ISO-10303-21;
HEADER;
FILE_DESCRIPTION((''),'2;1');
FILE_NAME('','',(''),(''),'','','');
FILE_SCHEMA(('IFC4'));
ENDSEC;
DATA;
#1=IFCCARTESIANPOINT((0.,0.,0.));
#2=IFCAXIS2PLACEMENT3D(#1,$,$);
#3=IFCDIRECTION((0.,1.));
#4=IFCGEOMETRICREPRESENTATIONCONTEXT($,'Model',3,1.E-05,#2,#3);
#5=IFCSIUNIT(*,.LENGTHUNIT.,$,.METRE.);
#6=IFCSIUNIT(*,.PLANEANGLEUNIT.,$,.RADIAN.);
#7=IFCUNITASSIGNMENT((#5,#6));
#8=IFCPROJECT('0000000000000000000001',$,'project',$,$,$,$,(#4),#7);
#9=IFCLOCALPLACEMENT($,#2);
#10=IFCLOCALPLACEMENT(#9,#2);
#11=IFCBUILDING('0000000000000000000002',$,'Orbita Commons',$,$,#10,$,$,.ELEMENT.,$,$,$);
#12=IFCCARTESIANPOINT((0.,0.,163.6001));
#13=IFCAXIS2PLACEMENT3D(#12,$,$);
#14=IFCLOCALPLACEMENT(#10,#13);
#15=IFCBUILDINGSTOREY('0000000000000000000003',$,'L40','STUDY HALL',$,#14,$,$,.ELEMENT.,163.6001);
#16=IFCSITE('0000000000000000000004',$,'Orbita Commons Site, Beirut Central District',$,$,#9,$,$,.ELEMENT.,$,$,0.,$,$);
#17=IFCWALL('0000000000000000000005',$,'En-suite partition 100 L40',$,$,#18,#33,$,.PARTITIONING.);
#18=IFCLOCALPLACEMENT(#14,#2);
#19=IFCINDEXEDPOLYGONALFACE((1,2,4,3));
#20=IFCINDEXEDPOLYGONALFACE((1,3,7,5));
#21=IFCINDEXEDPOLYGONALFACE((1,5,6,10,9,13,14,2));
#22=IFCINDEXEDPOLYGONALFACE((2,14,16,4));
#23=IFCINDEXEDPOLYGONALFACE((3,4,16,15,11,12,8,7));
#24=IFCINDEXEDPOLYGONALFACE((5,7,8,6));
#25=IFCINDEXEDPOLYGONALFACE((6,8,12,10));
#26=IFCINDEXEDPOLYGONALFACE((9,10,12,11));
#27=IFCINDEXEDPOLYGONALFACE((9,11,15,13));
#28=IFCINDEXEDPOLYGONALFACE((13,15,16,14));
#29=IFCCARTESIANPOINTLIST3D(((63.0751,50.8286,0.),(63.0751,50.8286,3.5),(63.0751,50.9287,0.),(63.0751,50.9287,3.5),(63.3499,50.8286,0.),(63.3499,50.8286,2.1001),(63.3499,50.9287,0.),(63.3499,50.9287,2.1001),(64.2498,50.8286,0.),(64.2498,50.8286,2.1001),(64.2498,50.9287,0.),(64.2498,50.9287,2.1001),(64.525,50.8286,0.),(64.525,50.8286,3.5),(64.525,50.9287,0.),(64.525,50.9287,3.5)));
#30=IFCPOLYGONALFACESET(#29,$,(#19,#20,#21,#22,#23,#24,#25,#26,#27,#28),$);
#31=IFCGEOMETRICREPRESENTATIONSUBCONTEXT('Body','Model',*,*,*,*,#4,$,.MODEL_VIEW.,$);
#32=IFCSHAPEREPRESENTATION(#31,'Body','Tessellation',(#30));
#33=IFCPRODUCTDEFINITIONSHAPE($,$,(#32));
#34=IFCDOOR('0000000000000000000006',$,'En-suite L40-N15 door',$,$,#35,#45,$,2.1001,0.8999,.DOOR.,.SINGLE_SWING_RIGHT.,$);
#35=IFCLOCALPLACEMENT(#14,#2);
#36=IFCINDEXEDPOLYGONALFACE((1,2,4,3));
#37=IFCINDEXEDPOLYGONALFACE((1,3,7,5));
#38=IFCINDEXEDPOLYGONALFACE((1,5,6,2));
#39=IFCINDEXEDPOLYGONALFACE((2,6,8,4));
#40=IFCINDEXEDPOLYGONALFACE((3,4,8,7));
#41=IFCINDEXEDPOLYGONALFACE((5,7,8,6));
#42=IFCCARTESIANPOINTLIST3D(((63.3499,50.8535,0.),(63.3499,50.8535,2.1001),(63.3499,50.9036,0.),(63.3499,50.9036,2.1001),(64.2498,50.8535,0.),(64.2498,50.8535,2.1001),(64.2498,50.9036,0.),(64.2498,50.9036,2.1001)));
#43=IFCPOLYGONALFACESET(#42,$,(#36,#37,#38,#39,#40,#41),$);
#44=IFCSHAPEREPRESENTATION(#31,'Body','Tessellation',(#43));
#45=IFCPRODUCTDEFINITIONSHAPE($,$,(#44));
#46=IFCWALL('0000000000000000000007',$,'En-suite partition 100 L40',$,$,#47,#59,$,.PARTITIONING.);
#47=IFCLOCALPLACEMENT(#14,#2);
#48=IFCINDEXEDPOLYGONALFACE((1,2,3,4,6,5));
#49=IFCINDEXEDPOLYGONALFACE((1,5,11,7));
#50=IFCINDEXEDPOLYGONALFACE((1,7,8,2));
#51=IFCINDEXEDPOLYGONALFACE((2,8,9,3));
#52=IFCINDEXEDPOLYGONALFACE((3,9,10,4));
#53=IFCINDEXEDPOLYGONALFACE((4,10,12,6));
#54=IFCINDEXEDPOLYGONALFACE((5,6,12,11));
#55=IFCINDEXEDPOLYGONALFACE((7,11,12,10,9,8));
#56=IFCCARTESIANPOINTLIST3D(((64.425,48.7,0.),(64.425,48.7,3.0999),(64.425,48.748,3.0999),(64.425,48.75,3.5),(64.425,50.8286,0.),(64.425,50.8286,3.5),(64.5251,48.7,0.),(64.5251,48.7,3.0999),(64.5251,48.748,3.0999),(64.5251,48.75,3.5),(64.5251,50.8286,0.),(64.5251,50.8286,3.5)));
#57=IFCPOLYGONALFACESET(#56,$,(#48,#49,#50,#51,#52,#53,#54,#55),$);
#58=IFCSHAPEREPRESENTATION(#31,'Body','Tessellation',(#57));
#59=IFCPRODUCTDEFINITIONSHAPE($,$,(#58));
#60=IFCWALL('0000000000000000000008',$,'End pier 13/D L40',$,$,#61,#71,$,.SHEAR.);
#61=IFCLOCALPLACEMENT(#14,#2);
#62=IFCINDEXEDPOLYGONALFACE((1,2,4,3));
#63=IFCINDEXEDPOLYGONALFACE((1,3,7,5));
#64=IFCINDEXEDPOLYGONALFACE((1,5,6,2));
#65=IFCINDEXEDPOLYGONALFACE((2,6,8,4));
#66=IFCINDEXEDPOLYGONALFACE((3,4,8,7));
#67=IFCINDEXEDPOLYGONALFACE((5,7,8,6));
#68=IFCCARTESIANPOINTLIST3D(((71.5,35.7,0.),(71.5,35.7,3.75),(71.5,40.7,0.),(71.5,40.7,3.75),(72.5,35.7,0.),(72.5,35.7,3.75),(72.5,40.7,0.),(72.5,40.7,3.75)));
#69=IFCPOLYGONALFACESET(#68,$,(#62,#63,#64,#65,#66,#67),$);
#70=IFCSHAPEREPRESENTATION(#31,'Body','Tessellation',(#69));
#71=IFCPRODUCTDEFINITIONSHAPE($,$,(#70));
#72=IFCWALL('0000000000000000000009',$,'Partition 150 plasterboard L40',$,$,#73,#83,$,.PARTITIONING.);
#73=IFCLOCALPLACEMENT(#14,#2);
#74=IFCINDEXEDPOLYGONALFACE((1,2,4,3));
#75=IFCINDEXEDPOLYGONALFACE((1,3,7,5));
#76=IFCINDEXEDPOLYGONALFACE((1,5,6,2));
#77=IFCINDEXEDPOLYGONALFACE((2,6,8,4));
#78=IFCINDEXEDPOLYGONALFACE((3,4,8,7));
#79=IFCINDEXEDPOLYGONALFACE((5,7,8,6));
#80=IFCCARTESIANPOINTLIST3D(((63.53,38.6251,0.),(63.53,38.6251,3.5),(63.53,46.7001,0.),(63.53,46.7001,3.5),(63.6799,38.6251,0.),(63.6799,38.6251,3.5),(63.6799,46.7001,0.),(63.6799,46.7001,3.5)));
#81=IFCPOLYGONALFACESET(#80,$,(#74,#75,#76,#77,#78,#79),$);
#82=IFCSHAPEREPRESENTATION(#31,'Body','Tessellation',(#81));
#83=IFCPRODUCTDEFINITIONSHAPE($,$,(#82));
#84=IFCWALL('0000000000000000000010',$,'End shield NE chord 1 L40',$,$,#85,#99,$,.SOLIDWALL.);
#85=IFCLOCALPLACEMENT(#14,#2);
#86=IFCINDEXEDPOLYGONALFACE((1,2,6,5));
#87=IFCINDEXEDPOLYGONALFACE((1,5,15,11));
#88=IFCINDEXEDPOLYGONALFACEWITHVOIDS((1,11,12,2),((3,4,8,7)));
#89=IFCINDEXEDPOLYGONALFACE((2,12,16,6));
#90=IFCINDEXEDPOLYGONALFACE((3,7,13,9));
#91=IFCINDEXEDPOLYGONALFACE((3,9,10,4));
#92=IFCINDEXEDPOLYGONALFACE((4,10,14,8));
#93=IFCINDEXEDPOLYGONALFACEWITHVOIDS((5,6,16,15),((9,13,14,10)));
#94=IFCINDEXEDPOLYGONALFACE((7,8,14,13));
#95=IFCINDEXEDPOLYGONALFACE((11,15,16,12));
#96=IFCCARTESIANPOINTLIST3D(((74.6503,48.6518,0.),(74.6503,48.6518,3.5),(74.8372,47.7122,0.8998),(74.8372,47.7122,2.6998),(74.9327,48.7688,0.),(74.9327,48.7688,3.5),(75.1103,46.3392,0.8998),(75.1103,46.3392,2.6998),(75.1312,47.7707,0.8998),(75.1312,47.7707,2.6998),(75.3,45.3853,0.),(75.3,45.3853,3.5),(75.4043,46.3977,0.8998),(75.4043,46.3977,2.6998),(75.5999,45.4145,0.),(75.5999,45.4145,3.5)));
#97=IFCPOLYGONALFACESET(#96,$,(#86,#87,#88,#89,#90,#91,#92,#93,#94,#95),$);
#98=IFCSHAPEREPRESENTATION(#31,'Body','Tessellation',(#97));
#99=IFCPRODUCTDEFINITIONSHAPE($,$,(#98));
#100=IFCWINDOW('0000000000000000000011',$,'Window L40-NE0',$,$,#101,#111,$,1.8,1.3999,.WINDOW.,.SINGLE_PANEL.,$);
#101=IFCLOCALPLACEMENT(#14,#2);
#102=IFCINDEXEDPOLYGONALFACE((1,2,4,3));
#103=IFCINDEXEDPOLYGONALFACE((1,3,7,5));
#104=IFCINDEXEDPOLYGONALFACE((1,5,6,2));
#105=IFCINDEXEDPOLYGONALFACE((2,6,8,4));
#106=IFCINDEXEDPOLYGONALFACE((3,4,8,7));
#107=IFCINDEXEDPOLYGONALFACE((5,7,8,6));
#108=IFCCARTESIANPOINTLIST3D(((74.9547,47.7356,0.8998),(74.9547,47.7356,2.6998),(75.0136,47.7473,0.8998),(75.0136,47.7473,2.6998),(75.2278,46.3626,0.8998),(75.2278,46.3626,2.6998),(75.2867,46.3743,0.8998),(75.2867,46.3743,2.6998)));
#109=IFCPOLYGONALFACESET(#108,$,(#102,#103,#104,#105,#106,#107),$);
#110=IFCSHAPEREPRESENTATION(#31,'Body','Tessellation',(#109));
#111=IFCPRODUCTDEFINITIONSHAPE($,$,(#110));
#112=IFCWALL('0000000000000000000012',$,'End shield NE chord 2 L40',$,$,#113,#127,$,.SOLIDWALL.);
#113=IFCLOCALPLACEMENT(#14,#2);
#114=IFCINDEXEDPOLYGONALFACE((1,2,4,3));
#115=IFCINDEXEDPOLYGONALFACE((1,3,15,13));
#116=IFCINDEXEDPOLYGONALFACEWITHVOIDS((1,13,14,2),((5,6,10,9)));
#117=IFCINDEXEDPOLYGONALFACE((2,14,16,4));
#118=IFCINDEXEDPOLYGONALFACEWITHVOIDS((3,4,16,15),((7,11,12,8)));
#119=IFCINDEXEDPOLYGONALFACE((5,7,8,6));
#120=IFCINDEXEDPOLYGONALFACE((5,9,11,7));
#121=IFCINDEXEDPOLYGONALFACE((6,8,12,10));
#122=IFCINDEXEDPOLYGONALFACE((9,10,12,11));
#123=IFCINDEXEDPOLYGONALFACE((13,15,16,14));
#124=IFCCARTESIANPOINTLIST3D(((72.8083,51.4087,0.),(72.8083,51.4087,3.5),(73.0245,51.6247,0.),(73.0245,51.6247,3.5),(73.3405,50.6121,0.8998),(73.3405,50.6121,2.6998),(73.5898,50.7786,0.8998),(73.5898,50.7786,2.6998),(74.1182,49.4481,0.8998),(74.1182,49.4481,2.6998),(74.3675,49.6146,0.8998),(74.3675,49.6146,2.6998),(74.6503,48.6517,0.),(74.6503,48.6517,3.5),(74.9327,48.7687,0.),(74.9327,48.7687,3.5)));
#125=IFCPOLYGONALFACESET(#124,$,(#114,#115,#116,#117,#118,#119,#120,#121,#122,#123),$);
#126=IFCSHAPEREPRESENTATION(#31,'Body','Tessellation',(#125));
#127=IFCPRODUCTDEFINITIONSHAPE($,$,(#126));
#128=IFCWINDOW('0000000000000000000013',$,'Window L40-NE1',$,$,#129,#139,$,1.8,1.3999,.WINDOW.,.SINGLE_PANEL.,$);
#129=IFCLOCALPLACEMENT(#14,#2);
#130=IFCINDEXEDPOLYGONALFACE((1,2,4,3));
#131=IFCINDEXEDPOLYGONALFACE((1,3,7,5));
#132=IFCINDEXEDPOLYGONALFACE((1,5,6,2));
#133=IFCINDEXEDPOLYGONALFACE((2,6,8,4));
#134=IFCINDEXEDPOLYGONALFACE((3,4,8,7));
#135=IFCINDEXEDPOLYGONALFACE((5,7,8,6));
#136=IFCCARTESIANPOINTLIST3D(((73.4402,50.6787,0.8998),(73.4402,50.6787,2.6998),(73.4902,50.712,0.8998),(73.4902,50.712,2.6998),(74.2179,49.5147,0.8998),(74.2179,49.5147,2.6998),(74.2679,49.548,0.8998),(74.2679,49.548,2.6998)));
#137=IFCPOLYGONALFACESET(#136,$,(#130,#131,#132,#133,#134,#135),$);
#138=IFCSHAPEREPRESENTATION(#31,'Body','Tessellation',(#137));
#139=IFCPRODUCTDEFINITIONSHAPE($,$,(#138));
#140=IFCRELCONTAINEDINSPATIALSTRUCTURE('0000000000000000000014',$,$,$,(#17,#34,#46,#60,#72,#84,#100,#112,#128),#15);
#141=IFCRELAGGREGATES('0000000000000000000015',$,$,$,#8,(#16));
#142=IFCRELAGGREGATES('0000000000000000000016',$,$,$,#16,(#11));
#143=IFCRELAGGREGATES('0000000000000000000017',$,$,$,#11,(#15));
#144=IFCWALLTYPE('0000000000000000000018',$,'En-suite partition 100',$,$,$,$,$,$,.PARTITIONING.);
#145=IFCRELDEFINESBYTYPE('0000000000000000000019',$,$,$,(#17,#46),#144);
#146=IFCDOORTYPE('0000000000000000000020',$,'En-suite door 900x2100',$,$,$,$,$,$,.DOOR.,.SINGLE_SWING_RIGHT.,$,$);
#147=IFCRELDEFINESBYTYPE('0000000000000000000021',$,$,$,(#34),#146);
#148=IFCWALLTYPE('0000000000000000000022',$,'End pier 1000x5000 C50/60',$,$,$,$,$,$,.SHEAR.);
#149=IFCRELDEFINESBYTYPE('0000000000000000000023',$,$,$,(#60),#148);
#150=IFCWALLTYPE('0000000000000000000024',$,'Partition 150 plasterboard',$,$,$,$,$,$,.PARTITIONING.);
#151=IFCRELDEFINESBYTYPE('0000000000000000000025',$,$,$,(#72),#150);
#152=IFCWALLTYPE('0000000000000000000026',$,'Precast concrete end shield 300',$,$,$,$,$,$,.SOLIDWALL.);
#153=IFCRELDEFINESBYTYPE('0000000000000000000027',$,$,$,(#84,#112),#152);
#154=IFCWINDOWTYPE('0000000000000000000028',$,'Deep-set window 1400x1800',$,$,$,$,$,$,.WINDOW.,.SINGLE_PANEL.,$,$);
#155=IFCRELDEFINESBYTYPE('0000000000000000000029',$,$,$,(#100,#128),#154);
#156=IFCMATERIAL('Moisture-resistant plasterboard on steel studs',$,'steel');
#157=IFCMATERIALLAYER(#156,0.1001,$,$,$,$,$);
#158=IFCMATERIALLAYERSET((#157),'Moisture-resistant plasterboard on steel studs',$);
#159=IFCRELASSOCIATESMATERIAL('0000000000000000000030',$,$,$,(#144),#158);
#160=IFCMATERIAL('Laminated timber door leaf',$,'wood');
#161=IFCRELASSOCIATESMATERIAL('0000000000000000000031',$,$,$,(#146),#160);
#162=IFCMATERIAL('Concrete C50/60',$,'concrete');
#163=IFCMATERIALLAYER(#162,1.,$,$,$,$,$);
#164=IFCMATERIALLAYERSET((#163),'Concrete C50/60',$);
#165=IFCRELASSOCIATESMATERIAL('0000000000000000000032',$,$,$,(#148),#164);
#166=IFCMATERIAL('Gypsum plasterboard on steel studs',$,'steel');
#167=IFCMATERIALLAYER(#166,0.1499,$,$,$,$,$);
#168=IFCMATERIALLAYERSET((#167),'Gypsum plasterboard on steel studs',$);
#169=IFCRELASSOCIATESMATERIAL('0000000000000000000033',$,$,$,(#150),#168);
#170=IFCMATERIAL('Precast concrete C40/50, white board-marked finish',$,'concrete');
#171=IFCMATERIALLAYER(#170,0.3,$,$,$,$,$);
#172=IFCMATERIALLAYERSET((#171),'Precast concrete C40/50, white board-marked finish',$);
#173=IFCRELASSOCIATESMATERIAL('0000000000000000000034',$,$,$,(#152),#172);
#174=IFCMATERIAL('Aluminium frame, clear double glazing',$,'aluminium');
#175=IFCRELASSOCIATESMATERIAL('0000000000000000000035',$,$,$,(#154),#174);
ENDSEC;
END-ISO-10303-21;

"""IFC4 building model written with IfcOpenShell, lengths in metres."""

from ifc_helpers import new_model, si_unit, direction, frame, frame_2d, origin, place, context, subcontext, project, spatial, polyline, rectangle, outline, extrude, material, layer, layer_set, type_object, element, fill, save


model = new_model("IFC4")

# Units and contexts
model_context = context("Model", 3, precision=1e-05, world=origin(), true_north=direction((0.0, 1.0)))
body_context = subcontext(model_context, "Body", "Model", "MODEL_VIEW")
ifc_project = project(units=[si_unit("LENGTHUNIT", "METRE"), si_unit("PLANEANGLEUNIT", "RADIAN")], contexts=[model_context])

# Site, building, storey
site_placement = place(None, origin())
site = spatial("IfcSite", under=ifc_project, at=site_placement, Name="Orbita Commons Site, Beirut Central District", CompositionType="ELEMENT", RefElevation=0.0)
building_placement = place(site_placement, origin())
building = spatial("IfcBuilding", under=site, at=building_placement, Name="Orbita Commons", CompositionType="ELEMENT")
storey_placement = place(building_placement, frame((0.0, 0.0, 163.6001)))
storey = spatial("IfcBuildingStorey", under=building, at=storey_placement, Name="L40", Description="STUDY HALL", CompositionType="ELEMENT", Elevation=163.6001)

# Wall, opening, door
ifc_material_1 = material(Name="Moisture-resistant plasterboard on steel studs", Category="steel")
ifc_layer_1 = layer(ifc_material_1, 0.1001)
ifc_layer_set_1 = layer_set([ifc_layer_1], Name="Moisture-resistant plasterboard on steel studs")
wall_type_1 = type_object("IfcWallType", Name="En-suite partition 100", PredefinedType="PARTITIONING", material=ifc_layer_set_1)
wall_1_placement = place(storey_placement, frame((63.075, 50.8787, 0.0), z_axis=(0.0, 0.0, 1.0), x_axis=(1.0, 0.0, 0.0)))
wall_1 = element("IfcWall", 1, at=wall_1_placement, inside=storey, type_object=wall_type_1, Name="En-suite partition 100 L40", PredefinedType="PARTITIONING", context=body_context, shape_type="SweptSolid", body=[
    extrude(rectangle(XDim=1.45, YDim=0.1001, at=frame_2d((0.7251, 0.0))), origin(), (0.0, 0.0, 1.0), 3.5),
])
opening_1_placement = place(wall_1_placement, frame((0.2749, 0.0, 0.0)))
opening_1 = element("IfcOpeningElement", 2, at=opening_1_placement, cuts=wall_1, PredefinedType="OPENING", context=body_context, shape_type="SweptSolid", body=[
    extrude(rectangle(XDim=0.8999, YDim=2.1001, at=frame_2d((0.45, 1.05))), frame((0.0, 0.0601, 0.0), z_axis=(0.0, -1.0, 0.0), x_axis=(1.0, 0.0, 0.0)), (0.0, 0.0, 1.0), 0.1201),
])
ifc_material_2 = material(Name="Laminated timber door leaf", Category="wood")
door_type_1 = type_object("IfcDoorType", Name="En-suite door 900x2100", OperationType="SINGLE_SWING_RIGHT", PredefinedType="DOOR", material=ifc_material_2)
door_1_placement = place(opening_1_placement, origin())
door_1 = element("IfcDoor", 3, at=door_1_placement, inside=storey, type_object=door_type_1, Name="En-suite L40-N15 door", OperationType="SINGLE_SWING_RIGHT", OverallHeight=2.1001, OverallWidth=0.8999, PredefinedType="DOOR", context=body_context, shape_type="SweptSolid", body=[
    extrude(rectangle(XDim=0.8999, YDim=2.1001, at=frame_2d((0.45, 1.05))), frame((0.0, 0.0249, 0.0), z_axis=(0.0, -1.0, 0.0), x_axis=(1.0, 0.0, 0.0)), (0.0, 0.0, 1.0), 0.05),
])
fill(opening_1, door_1)

# Walls
wall_2_placement = place(storey_placement, frame((64.4751, 50.8286, 0.0), z_axis=(0.0, 0.0, 1.0), x_axis=(0.0, -1.0, 0.0)))
element("IfcWall", 4, at=wall_2_placement, inside=storey, type_object=wall_type_1, Name="En-suite partition 100 L40", PredefinedType="PARTITIONING", context=body_context, shape_type="SweptSolid", body=[
    extrude(outline(polyline([(0.0, 0.0), (2.1287, 0.0), (2.1287, 3.0999), (2.0806, 3.0999), (2.0786, 3.5), (0.0, 3.5), (0.0, 0.0)])), frame((0.0, 0.05, 0.0), z_axis=(0.0, -1.0, 0.0), x_axis=(1.0, 0.0, 0.0)), (0.0, 0.0, 1.0), 0.1001),
])
ifc_material_3 = material(Name="Concrete C50/60", Category="concrete")
ifc_layer_2 = layer(ifc_material_3, 1.0)
ifc_layer_set_2 = layer_set([ifc_layer_2], Name="Concrete C50/60")
wall_type_2 = type_object("IfcWallType", Name="End pier 1000x5000 C50/60", PredefinedType="SHEAR", material=ifc_layer_set_2)
wall_3_placement = place(storey_placement, frame((72.0, 35.7, 0.0), z_axis=(0.0, 0.0, 1.0), x_axis=(0.0, 1.0, 0.0)))
element("IfcWall", 5, at=wall_3_placement, inside=storey, type_object=wall_type_2, Name="End pier 13/D L40", PredefinedType="SHEAR", context=body_context, shape_type="SweptSolid", body=[
    extrude(rectangle(XDim=5.0, YDim=1.0, at=frame_2d((2.5, 0.0))), origin(), (0.0, 0.0, 1.0), 3.75),
])
ifc_material_4 = material(Name="Gypsum plasterboard on steel studs", Category="steel")
ifc_layer_3 = layer(ifc_material_4, 0.1499)
ifc_layer_set_3 = layer_set([ifc_layer_3], Name="Gypsum plasterboard on steel studs")
wall_type_3 = type_object("IfcWallType", Name="Partition 150 plasterboard", PredefinedType="PARTITIONING", material=ifc_layer_set_3)
wall_4_placement = place(storey_placement, frame((63.605, 38.625, 0.0), z_axis=(0.0, 0.0, 1.0), x_axis=(0.0, 1.0, 0.0)))
element("IfcWall", 6, at=wall_4_placement, inside=storey, type_object=wall_type_3, Name="Partition 150 plasterboard L40", PredefinedType="PARTITIONING", context=body_context, shape_type="SweptSolid", body=[
    extrude(rectangle(XDim=8.075, YDim=0.1499, at=frame_2d((4.0376, 0.0))), origin(), (0.0, 0.0, 1.0), 3.5),
])

# Walls, openings, windows
ifc_material_5 = material(Name="Precast concrete C40/50, white board-marked finish", Category="concrete")
ifc_layer_4 = layer(ifc_material_5, 0.3)
ifc_layer_set_4 = layer_set([ifc_layer_4], Name="Precast concrete C40/50, white board-marked finish")
wall_type_4 = type_object("IfcWallType", Name="Precast concrete end shield 300", PredefinedType="SOLIDWALL", material=ifc_layer_set_4)
wall_5_placement = place(storey_placement, frame((75.45, 45.3999, 0.0), z_axis=(0.0, 0.0, 1.0), x_axis=(-0.195087, 0.980786, 0.0)))
wall_5 = element("IfcWall", 7, at=wall_5_placement, inside=storey, type_object=wall_type_4, Name="End shield NE chord 1 L40", PredefinedType="SOLIDWALL", context=body_context, shape_type="SweptSolid", body=[
    extrude(outline(polyline([(-0.0149, -0.1499), (3.405, -0.1499), (3.3455, 0.1499), (0.0149, 0.1499), (-0.0149, -0.1499)])), origin(), (0.0, 0.0, 1.0), 3.5),
])
opening_2_placement = place(wall_5_placement, frame((0.9875, 0.0, 0.8999)))
opening_2 = element("IfcOpeningElement", 8, at=opening_2_placement, cuts=wall_5, PredefinedType="OPENING", context=body_context, shape_type="SweptSolid", body=[
    extrude(rectangle(XDim=1.3999, YDim=1.8, at=frame_2d((0.7, 0.8999))), frame((0.0, 0.1599, 0.0), z_axis=(0.0, -1.0, 0.0), x_axis=(1.0, 0.0, 0.0)), (0.0, 0.0, 1.0), 0.3201),
])
ifc_material_6 = material(Name="Aluminium frame, clear double glazing", Category="aluminium")
window_type = type_object("IfcWindowType", Name="Deep-set window 1400x1800", PartitioningType="SINGLE_PANEL", PredefinedType="WINDOW", material=ifc_material_6)
window_1_placement = place(opening_2_placement, origin())
window_1 = element("IfcWindow", 9, at=window_1_placement, inside=storey, type_object=window_type, Name="Window L40-NE0", OverallHeight=1.8, OverallWidth=1.3999, PartitioningType="SINGLE_PANEL", PredefinedType="WINDOW", context=body_context, shape_type="SweptSolid", body=[
    extrude(rectangle(XDim=1.3999, YDim=1.8, at=frame_2d((0.7, 0.8999))), frame((0.0, 0.03, 0.0), z_axis=(0.0, -1.0, 0.0), x_axis=(1.0, 0.0, 0.0)), (0.0, 0.0, 1.0), 0.0601),
])
fill(opening_2, window_1)
wall_6_placement = place(storey_placement, frame((74.7915, 48.7102, 0.0), z_axis=(0.0, 0.0, 1.0), x_axis=(-0.555535, 0.831493, 0.0)))
wall_6 = element("IfcWall", 10, at=wall_6_placement, inside=storey, type_object=wall_type_4, Name="End shield NE chord 2 L40", PredefinedType="SOLIDWALL", context=body_context, shape_type="SweptSolid", body=[
    extrude(outline(polyline([(-0.0298, -0.1499), (3.405, -0.1499), (3.3455, 0.1499), (0.0298, 0.1499), (-0.0298, -0.1499)])), origin(), (0.0, 0.0, 1.0), 3.5),
])
opening_3_placement = place(wall_6_placement, frame((0.9875, 0.0, 0.8999)))
opening_3 = element("IfcOpeningElement", 11, at=opening_3_placement, cuts=wall_6, PredefinedType="OPENING", context=body_context, shape_type="SweptSolid", body=[
    extrude(rectangle(XDim=1.3999, YDim=1.8, at=frame_2d((0.7, 0.8999))), frame((0.0, 0.1599, 0.0), z_axis=(0.0, -1.0, 0.0), x_axis=(1.0, 0.0, 0.0)), (0.0, 0.0, 1.0), 0.3201),
])
window_2_placement = place(opening_3_placement, origin())
window_2 = element("IfcWindow", 12, at=window_2_placement, inside=storey, type_object=window_type, Name="Window L40-NE1", OverallHeight=1.8, OverallWidth=1.3999, PartitioningType="SINGLE_PANEL", PredefinedType="WINDOW", context=body_context, shape_type="SweptSolid", body=[
    extrude(rectangle(XDim=1.3999, YDim=1.8, at=frame_2d((0.7, 0.8999))), frame((0.0, 0.03, 0.0), z_axis=(0.0, -1.0, 0.0), x_axis=(1.0, 0.0, 0.0)), (0.0, 0.0, 1.0), 0.0601),
])
fill(opening_3, window_2)

save(model, "model.ifc")
